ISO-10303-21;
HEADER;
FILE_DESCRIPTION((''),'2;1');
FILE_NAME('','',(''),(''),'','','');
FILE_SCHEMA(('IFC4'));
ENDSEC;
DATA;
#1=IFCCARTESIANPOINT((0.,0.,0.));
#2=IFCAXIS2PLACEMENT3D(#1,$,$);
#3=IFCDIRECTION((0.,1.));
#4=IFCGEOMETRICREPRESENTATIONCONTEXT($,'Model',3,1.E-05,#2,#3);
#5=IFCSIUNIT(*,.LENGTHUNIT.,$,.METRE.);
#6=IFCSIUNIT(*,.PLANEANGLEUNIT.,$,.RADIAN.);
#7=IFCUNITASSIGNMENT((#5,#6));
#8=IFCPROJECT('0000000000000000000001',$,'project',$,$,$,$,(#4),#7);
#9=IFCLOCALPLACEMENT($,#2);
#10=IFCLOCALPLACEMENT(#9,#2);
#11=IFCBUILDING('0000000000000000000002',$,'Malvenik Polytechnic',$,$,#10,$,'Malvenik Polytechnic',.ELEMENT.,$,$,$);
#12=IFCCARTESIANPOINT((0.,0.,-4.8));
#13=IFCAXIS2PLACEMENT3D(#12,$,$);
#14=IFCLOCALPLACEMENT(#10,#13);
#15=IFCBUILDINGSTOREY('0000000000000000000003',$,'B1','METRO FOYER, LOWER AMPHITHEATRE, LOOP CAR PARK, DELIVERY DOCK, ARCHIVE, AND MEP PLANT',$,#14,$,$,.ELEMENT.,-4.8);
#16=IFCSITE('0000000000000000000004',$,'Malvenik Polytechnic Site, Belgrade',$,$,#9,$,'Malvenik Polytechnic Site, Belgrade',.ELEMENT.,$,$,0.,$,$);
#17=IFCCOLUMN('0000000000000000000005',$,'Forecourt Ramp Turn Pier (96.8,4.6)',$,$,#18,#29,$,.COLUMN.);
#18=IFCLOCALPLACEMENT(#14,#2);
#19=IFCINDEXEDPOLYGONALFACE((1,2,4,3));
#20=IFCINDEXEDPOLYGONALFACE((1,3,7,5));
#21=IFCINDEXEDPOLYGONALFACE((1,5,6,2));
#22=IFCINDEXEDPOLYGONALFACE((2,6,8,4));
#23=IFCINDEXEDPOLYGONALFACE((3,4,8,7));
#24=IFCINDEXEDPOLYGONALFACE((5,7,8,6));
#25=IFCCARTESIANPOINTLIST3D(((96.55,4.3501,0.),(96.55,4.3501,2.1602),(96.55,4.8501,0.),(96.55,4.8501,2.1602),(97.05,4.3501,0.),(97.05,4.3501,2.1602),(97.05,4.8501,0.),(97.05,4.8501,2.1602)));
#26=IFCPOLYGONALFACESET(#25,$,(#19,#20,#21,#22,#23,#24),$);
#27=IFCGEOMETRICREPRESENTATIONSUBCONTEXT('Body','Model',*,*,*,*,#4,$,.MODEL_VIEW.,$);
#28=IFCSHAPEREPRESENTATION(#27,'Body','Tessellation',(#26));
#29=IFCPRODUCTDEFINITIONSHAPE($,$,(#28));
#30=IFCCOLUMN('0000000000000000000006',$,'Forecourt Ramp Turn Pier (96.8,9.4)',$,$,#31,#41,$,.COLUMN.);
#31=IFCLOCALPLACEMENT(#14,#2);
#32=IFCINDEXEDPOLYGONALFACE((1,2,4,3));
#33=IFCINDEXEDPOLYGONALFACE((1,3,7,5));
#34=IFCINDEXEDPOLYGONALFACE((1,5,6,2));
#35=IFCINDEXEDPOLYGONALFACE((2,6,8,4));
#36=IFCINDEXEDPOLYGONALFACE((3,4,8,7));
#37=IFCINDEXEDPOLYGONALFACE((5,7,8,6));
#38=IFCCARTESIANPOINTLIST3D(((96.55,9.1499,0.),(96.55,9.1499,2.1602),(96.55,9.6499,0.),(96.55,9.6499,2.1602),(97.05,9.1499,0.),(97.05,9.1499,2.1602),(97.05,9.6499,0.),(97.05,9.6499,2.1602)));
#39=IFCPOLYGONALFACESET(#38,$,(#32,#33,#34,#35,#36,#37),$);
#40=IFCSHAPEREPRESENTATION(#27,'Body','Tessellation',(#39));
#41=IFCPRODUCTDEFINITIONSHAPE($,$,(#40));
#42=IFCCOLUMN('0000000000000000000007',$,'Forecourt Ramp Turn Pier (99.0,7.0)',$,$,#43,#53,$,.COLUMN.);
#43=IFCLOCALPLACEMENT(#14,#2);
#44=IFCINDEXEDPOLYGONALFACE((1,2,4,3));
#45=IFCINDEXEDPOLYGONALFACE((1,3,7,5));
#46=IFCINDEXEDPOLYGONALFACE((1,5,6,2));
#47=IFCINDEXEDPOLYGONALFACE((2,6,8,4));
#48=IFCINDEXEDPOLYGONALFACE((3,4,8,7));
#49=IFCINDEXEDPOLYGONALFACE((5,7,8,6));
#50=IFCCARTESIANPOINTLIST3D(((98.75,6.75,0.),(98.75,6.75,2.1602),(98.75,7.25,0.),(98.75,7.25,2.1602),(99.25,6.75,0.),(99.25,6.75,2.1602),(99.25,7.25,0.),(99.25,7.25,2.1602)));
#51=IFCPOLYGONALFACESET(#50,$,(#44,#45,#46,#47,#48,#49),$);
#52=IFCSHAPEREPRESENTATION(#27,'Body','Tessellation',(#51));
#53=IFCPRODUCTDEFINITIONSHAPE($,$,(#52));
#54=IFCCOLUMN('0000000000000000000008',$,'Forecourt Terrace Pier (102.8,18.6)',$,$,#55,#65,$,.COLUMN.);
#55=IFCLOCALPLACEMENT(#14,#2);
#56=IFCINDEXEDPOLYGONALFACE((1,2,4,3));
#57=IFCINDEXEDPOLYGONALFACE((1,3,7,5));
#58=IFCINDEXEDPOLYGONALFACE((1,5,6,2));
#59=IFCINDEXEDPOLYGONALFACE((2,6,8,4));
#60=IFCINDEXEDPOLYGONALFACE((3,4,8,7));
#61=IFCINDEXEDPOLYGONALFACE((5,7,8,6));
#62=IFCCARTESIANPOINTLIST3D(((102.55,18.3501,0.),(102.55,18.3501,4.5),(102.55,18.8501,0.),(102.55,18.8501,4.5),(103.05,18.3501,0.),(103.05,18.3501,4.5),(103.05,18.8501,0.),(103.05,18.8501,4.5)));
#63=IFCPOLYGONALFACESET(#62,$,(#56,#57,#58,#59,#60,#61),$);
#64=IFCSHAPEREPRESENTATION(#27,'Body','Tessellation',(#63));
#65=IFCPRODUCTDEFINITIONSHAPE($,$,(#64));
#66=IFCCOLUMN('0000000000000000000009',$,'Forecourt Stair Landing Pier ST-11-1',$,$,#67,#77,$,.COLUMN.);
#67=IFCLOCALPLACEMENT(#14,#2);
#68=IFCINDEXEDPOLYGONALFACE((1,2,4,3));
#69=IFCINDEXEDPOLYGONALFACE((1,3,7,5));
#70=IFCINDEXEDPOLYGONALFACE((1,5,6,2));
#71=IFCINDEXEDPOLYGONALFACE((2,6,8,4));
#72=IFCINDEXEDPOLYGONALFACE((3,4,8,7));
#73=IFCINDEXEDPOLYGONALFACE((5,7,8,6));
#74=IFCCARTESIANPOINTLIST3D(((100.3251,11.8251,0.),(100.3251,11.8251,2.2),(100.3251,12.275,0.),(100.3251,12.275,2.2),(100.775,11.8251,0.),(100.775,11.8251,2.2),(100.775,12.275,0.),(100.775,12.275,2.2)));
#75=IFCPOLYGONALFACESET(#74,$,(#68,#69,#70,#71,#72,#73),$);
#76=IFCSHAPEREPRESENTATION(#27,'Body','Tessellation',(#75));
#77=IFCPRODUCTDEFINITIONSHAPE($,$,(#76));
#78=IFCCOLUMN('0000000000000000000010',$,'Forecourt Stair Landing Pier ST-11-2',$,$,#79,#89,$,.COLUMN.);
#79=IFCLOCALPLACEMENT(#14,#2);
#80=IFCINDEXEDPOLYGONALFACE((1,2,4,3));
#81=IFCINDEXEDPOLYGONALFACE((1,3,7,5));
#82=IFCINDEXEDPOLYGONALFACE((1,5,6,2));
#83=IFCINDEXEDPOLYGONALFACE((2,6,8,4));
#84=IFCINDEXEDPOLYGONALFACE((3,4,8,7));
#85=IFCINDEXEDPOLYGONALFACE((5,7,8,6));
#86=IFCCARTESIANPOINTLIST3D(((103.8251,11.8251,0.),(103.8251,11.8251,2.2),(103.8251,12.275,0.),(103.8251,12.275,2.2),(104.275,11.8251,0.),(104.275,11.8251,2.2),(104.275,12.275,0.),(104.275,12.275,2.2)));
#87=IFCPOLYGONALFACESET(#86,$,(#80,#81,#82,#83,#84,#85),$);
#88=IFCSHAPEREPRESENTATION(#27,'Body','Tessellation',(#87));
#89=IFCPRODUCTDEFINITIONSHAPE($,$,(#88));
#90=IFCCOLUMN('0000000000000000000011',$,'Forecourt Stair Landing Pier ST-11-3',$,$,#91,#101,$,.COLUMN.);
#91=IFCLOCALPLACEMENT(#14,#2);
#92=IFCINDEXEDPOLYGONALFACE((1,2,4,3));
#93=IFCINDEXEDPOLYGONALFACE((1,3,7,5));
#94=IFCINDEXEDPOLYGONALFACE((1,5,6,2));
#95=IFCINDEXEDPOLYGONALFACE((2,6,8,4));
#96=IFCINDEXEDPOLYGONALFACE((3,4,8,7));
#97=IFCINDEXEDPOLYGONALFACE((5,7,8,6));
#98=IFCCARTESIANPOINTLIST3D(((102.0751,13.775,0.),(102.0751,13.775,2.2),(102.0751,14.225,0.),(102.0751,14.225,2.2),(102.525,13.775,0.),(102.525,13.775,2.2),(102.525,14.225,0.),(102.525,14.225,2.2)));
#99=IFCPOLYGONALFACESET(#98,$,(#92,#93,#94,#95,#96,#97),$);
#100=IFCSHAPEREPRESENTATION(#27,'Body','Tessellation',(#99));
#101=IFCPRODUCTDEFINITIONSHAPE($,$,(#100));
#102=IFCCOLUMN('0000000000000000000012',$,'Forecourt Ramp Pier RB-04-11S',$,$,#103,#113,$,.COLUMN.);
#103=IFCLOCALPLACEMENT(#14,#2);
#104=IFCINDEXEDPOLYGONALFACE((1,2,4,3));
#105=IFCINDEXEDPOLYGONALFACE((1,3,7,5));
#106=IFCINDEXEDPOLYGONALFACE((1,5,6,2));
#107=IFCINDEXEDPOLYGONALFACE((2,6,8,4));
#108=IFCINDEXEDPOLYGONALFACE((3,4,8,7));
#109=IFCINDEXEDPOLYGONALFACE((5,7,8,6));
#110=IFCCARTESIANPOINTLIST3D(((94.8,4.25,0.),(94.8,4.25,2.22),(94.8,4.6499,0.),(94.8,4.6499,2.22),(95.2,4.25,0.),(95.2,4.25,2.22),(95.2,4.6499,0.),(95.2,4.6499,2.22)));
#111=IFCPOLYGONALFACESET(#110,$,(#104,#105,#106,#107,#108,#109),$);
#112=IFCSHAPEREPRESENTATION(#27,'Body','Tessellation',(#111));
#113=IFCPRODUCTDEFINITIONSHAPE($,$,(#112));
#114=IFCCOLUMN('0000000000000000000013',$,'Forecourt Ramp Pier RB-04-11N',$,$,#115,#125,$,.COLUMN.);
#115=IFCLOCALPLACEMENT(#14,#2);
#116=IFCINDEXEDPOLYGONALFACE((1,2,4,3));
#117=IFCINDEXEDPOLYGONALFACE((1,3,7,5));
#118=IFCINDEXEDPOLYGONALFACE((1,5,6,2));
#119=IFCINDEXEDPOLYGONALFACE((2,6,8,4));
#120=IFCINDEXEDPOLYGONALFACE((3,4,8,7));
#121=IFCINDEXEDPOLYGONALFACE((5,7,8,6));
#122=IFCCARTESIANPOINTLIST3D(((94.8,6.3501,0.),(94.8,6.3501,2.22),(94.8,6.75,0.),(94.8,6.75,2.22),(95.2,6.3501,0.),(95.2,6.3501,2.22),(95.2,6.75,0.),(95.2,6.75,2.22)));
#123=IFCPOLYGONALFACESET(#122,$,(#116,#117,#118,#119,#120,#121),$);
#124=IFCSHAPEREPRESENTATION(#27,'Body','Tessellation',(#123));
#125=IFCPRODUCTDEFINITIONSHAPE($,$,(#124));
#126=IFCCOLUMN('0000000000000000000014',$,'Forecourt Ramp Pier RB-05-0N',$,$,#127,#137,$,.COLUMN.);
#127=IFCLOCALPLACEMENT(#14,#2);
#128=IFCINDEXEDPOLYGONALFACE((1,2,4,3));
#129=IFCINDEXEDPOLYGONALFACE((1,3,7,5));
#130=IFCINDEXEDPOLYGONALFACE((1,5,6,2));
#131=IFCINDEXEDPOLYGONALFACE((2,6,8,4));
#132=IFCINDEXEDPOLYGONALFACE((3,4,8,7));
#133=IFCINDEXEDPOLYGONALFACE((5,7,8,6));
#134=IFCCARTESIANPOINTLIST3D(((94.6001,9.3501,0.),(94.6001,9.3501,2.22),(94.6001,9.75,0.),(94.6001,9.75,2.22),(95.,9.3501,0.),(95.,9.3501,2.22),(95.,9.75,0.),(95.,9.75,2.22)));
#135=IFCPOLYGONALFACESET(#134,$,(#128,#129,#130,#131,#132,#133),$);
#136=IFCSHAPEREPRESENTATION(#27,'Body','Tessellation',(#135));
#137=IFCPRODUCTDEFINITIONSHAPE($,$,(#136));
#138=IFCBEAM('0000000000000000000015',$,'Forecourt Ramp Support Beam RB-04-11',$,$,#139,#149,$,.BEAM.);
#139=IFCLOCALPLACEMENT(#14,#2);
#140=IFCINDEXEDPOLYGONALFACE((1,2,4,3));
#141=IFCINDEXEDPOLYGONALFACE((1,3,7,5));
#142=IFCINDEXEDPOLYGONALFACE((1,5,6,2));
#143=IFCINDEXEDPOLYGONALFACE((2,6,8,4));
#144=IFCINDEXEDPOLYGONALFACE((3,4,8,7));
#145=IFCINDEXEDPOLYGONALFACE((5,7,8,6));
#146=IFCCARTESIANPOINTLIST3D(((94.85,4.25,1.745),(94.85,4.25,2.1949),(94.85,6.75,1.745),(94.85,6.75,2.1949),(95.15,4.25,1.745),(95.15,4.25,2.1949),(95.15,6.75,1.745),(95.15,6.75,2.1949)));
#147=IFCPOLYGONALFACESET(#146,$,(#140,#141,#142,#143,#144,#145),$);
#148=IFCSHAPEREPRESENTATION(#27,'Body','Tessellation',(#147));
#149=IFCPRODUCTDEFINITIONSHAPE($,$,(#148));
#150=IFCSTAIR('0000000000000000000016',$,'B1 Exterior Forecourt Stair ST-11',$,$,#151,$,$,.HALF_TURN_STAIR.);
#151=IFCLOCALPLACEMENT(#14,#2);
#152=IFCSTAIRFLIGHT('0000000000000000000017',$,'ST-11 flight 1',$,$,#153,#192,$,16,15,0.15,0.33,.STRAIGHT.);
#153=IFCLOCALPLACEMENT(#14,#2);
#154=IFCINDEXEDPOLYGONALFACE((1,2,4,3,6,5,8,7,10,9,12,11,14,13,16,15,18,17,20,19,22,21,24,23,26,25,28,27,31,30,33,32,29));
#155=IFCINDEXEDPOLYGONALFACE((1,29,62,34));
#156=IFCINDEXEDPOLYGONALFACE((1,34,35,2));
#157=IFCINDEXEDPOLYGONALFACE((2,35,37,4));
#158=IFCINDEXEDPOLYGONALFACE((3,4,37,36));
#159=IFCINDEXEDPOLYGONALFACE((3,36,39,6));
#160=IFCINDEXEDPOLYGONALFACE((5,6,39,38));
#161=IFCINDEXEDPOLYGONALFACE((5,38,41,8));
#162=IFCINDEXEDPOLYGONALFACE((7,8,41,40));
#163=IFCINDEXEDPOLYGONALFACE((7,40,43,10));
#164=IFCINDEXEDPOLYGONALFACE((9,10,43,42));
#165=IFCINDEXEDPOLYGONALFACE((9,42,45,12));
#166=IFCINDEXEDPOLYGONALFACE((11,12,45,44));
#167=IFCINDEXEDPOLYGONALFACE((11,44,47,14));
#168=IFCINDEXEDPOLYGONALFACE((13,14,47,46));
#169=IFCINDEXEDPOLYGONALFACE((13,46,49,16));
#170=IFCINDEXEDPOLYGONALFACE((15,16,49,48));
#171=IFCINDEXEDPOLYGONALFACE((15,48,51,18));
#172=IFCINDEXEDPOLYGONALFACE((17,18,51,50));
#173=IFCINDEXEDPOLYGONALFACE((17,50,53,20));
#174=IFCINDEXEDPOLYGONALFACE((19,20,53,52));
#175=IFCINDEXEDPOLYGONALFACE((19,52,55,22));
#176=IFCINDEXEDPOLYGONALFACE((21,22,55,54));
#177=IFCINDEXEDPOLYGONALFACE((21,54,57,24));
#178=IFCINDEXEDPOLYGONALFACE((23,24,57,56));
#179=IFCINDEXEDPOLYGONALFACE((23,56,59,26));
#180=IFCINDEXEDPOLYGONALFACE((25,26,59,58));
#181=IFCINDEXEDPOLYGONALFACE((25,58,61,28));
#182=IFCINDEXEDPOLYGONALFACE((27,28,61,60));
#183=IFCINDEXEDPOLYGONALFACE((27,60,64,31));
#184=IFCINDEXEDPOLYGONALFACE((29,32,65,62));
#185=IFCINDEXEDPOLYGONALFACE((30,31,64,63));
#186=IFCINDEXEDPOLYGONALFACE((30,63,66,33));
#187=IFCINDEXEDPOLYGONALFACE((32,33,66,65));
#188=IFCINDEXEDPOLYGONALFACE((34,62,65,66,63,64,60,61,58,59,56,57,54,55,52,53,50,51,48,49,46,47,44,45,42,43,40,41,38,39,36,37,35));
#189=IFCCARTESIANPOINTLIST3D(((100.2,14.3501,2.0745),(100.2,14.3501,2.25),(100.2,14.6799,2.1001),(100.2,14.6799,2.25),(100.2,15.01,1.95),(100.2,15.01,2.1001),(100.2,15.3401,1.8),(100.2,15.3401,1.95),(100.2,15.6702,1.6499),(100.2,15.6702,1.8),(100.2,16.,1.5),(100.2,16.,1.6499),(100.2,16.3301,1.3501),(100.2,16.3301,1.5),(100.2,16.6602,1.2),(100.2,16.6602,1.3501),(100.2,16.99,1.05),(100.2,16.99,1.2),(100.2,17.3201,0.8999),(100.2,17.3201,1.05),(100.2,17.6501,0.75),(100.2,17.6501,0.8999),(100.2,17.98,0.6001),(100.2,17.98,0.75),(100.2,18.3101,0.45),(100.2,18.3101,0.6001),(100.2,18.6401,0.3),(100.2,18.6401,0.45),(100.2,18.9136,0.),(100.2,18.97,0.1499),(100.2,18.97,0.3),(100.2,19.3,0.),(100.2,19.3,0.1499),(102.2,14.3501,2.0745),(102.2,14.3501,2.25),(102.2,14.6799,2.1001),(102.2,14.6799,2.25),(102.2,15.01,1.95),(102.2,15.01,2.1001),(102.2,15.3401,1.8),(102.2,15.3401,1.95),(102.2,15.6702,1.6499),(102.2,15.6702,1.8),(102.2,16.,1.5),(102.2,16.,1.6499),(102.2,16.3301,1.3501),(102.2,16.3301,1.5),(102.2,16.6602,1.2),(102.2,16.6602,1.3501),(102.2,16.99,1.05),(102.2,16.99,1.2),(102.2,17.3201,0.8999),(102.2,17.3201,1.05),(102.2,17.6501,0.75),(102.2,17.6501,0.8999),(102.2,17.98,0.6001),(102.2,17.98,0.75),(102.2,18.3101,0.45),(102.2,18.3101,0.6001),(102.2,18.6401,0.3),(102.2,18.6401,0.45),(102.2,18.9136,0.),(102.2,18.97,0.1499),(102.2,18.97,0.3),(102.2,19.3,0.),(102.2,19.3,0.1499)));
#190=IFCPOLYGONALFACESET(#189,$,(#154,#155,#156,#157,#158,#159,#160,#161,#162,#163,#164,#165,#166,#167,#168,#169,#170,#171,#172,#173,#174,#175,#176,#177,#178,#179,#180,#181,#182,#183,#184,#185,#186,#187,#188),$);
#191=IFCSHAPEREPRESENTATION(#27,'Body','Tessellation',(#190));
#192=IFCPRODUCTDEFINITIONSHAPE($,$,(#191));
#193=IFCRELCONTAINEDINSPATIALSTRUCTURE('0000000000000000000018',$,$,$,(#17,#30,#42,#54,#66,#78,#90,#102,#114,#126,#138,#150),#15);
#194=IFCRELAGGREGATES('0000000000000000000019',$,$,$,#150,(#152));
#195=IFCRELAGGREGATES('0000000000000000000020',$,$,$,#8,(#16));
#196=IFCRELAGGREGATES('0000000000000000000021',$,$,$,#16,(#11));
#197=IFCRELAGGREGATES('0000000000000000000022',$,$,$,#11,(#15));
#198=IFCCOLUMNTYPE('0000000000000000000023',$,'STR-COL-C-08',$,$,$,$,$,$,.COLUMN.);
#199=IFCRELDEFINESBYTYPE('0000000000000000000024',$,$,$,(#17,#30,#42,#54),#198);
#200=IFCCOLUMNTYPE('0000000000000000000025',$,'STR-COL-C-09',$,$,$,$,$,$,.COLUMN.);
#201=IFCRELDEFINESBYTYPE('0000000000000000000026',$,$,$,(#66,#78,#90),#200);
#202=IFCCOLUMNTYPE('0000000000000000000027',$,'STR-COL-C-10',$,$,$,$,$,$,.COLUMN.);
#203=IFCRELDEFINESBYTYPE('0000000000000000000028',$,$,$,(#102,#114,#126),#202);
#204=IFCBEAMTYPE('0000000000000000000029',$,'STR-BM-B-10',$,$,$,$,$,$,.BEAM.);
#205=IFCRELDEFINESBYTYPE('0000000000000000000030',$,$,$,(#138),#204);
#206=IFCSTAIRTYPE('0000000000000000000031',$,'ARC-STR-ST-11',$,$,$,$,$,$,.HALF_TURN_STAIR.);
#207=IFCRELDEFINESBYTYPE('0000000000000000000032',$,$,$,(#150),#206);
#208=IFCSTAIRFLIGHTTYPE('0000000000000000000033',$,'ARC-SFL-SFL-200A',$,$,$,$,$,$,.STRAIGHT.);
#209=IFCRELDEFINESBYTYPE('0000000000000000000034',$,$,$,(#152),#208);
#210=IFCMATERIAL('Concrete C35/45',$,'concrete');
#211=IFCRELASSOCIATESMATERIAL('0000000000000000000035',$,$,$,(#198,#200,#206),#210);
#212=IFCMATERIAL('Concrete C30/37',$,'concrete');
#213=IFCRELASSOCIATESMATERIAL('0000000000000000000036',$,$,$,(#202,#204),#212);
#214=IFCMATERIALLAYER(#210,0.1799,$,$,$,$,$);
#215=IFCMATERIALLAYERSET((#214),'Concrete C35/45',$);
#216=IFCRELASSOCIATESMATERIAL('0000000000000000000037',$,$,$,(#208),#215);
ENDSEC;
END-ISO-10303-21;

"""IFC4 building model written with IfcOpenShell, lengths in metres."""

from ifc_helpers import new_model, si_unit, direction, frame, origin, origin_2d, place, context, subcontext, project, spatial, polyline, rectangle, outline, extrude, material, layer, layer_set, material_profile, profile_set, type_object, element, aggregate, save


model = new_model("IFC4")

# Units and contexts
model_context = context("Model", 3, precision=1e-05, world=origin(), true_north=direction((0.0, 1.0)))
body_context = subcontext(model_context, "Body", "Model", "MODEL_VIEW")
ifc_project = project(units=[si_unit("LENGTHUNIT", "METRE"), si_unit("PLANEANGLEUNIT", "RADIAN")], contexts=[model_context])

# Site, building, storey
site_placement = place(None, origin())
site = spatial("IfcSite", under=ifc_project, at=site_placement, Name="Malvenik Polytechnic Site, Belgrade", LongName="Malvenik Polytechnic Site, Belgrade", CompositionType="ELEMENT", RefElevation=0.0)
building_placement = place(site_placement, origin())
building = spatial("IfcBuilding", under=site, at=building_placement, Name="Malvenik Polytechnic", LongName="Malvenik Polytechnic", CompositionType="ELEMENT")
storey_placement = place(building_placement, frame((0.0, 0.0, -4.8)))
storey = spatial("IfcBuildingStorey", under=building, at=storey_placement, Name="B1", Description="METRO FOYER, LOWER AMPHITHEATRE, LOOP CAR PARK, DELIVERY DOCK, ARCHIVE, AND MEP PLANT", CompositionType="ELEMENT", Elevation=-4.8)

# Columns
ifc_material_1 = material(Name="Concrete C35/45", Category="concrete")
ifc_material_profile_1 = material_profile(ifc_material_1, rectangle(XDim=0.5, YDim=0.5, at=origin_2d()), Name="RC COL 500x500")
ifc_profile_set_1 = profile_set([ifc_material_profile_1], Name="Concrete C35/45")
column_type_1 = type_object("IfcColumnType", Name="STR-COL-C-08", PredefinedType="COLUMN", material=ifc_profile_set_1)
for number, where, z_axis, x_axis, name in (
    (1, (96.8, 4.6001, 0.0), (0.0, 0.0, 1.0), (1.0, 0.0, 0.0), "Forecourt Ramp Turn Pier (96.8,4.6)"),
    (2, (96.8, 9.3999, 0.0), (0.0, 0.0, 1.0), (1.0, 0.0, 0.0), "Forecourt Ramp Turn Pier (96.8,9.4)"),
    (3, (99.0, 7.0, 0.0), (0.0, 0.0, 1.0), (1.0, 0.0, 0.0), "Forecourt Ramp Turn Pier (99.0,7.0)"),
):
    element("IfcColumn", number, at=place(storey_placement, frame(where, z_axis=z_axis, x_axis=x_axis)), inside=storey, type_object=column_type_1, Name=name, PredefinedType="COLUMN", context=body_context, shape_type="SweptSolid", body=[
        extrude(rectangle(XDim=0.5, YDim=0.5, at=origin_2d()), origin(), (0.0, 0.0, 1.0), 2.1602),
    ])
column_placement = place(storey_placement, frame((102.8, 18.6001, 0.0), z_axis=(0.0, 0.0, 1.0), x_axis=(1.0, 0.0, 0.0)))
element("IfcColumn", 4, at=column_placement, inside=storey, type_object=column_type_1, Name="Forecourt Terrace Pier (102.8,18.6)", PredefinedType="COLUMN", context=body_context, shape_type="SweptSolid", body=[
    extrude(rectangle(XDim=0.5, YDim=0.5, at=origin_2d()), origin(), (0.0, 0.0, 1.0), 4.5),
])
ifc_material_profile_2 = material_profile(ifc_material_1, rectangle(XDim=0.45, YDim=0.45, at=origin_2d()), Name="RC COL 450x450")
ifc_profile_set_2 = profile_set([ifc_material_profile_2], Name="Concrete C35/45")
column_type_2 = type_object("IfcColumnType", Name="STR-COL-C-09", PredefinedType="COLUMN", material=ifc_profile_set_2)
for number, where, z_axis, x_axis, name in (
    (5, (100.55, 12.05, 0.0), (0.0, 0.0, 1.0), (1.0, 0.0, 0.0), "Forecourt Stair Landing Pier ST-11-1"),
    (6, (104.05, 12.05, 0.0), (0.0, 0.0, 1.0), (1.0, 0.0, 0.0), "Forecourt Stair Landing Pier ST-11-2"),
    (7, (102.3, 14.0, 0.0), (0.0, 0.0, 1.0), (1.0, 0.0, 0.0), "Forecourt Stair Landing Pier ST-11-3"),
):
    element("IfcColumn", number, at=place(storey_placement, frame(where, z_axis=z_axis, x_axis=x_axis)), inside=storey, type_object=column_type_2, Name=name, PredefinedType="COLUMN", context=body_context, shape_type="SweptSolid", body=[
        extrude(rectangle(XDim=0.45, YDim=0.45, at=origin_2d()), origin(), (0.0, 0.0, 1.0), 2.2),
    ])
ifc_material_2 = material(Name="Concrete C30/37", Category="concrete")
ifc_material_profile_3 = material_profile(ifc_material_2, rectangle(XDim=0.3999, YDim=0.3999, at=origin_2d()), Name="RC COL 400x400")
ifc_profile_set_3 = profile_set([ifc_material_profile_3], Name="Concrete C30/37")
column_type_3 = type_object("IfcColumnType", Name="STR-COL-C-10", PredefinedType="COLUMN", material=ifc_profile_set_3)
for number, where, z_axis, x_axis, name in (
    (8, (95.0, 4.45, 0.0), (0.0, 0.0, 1.0), (1.0, 0.0, 0.0), "Forecourt Ramp Pier RB-04-11S"),
    (9, (95.0, 6.55, 0.0), (0.0, 0.0, 1.0), (1.0, 0.0, 0.0), "Forecourt Ramp Pier RB-04-11N"),
    (10, (94.8, 9.55, 0.0), (0.0, 0.0, 1.0), (1.0, 0.0, 0.0), "Forecourt Ramp Pier RB-05-0N"),
):
    element("IfcColumn", number, at=place(storey_placement, frame(where, z_axis=z_axis, x_axis=x_axis)), inside=storey, type_object=column_type_3, Name=name, PredefinedType="COLUMN", context=body_context, shape_type="SweptSolid", body=[
        extrude(rectangle(XDim=0.3999, YDim=0.3999, at=origin_2d()), origin(), (0.0, 0.0, 1.0), 2.22),
    ])

# Beam
ifc_material_profile_4 = material_profile(ifc_material_2, rectangle(XDim=0.3, YDim=0.45, at=origin_2d()), Name="RC BM 300x450")
ifc_profile_set_4 = profile_set([ifc_material_profile_4], Name="Concrete C30/37")
beam_type = type_object("IfcBeamType", Name="STR-BM-B-10", PredefinedType="BEAM", material=ifc_profile_set_4)
beam_placement = place(storey_placement, frame((95.0, 4.25, 1.97), z_axis=(0.0, 1.0, 0.0), x_axis=(-1.0, 0.0, 0.0)))
element("IfcBeam", 11, at=beam_placement, inside=storey, type_object=beam_type, Name="Forecourt Ramp Support Beam RB-04-11", PredefinedType="BEAM", context=body_context, shape_type="SweptSolid", body=[
    extrude(rectangle(XDim=0.3, YDim=0.45, at=origin_2d()), origin(), (0.0, 0.0, 1.0), 2.5),
])

# Stair, stair flight
stair_type = type_object("IfcStairType", Name="ARC-STR-ST-11", PredefinedType="HALF_TURN_STAIR", material=ifc_material_1)
stair_placement = place(storey_placement, origin())
stair = element("IfcStair", 12, at=stair_placement, inside=storey, type_object=stair_type, Name="B1 Exterior Forecourt Stair ST-11", PredefinedType="HALF_TURN_STAIR")
ifc_layer_1 = layer(ifc_material_1, 0.1799)
ifc_layer_set_1 = layer_set([ifc_layer_1], Name="Concrete C35/45")
stair_flight_type = type_object("IfcStairFlightType", Name="ARC-SFL-SFL-200A", PredefinedType="STRAIGHT", material=ifc_layer_set_1)
stair_flight_1_placement = place(storey_placement, frame((101.2, 19.3, 0.0), z_axis=(0.0, 0.0, 1.0), x_axis=(0.0, -1.0, 0.0)))
stair_flight_1 = element("IfcStairFlight", 13, at=stair_flight_1_placement, type_object=stair_flight_type, Name="ST-11 flight 1", NumberOfRisers=16, NumberOfTreads=15, PredefinedType="STRAIGHT", RiserHeight=0.15, TreadLength=0.33, context=body_context, shape_type="SweptSolid", body=[
    extrude(outline(polyline([(0.0, 0.0), (0.0, 0.1499), (0.3301, 0.1499), (0.3301, 0.3), (0.6599, 0.3), (0.6599, 0.45), (0.99, 0.45), (0.99, 0.6001), (1.3201, 0.6001), (1.3201, 0.75), (1.6499, 0.75), (1.6499, 0.8999), (1.98, 0.8999), (1.98, 1.05), (2.3101, 1.05), (2.3101, 1.2), (2.6399, 1.2), (2.6399, 1.3501), (2.97, 1.3501), (2.97, 1.5), (3.3, 1.5), (3.3, 1.6499), (3.6299, 1.6499), (3.6299, 1.8), (3.96, 1.8), (3.96, 1.95), (4.29, 1.95), (4.29, 2.1001), (4.6201, 2.1001), (4.6201, 2.25), (4.95, 2.25), (4.95, 2.3999), (4.95, 2.0745), (0.3865, 0.0), (0.0, 0.0)])), frame((0.0, 1.0, 0.0), z_axis=(0.0, -1.0, 0.0), x_axis=(1.0, 0.0, 0.0)), (0.0, 0.0, 1.0), 2.0),
])
aggregate(stair, [stair_flight_1])

save(model, "model.ifc")
